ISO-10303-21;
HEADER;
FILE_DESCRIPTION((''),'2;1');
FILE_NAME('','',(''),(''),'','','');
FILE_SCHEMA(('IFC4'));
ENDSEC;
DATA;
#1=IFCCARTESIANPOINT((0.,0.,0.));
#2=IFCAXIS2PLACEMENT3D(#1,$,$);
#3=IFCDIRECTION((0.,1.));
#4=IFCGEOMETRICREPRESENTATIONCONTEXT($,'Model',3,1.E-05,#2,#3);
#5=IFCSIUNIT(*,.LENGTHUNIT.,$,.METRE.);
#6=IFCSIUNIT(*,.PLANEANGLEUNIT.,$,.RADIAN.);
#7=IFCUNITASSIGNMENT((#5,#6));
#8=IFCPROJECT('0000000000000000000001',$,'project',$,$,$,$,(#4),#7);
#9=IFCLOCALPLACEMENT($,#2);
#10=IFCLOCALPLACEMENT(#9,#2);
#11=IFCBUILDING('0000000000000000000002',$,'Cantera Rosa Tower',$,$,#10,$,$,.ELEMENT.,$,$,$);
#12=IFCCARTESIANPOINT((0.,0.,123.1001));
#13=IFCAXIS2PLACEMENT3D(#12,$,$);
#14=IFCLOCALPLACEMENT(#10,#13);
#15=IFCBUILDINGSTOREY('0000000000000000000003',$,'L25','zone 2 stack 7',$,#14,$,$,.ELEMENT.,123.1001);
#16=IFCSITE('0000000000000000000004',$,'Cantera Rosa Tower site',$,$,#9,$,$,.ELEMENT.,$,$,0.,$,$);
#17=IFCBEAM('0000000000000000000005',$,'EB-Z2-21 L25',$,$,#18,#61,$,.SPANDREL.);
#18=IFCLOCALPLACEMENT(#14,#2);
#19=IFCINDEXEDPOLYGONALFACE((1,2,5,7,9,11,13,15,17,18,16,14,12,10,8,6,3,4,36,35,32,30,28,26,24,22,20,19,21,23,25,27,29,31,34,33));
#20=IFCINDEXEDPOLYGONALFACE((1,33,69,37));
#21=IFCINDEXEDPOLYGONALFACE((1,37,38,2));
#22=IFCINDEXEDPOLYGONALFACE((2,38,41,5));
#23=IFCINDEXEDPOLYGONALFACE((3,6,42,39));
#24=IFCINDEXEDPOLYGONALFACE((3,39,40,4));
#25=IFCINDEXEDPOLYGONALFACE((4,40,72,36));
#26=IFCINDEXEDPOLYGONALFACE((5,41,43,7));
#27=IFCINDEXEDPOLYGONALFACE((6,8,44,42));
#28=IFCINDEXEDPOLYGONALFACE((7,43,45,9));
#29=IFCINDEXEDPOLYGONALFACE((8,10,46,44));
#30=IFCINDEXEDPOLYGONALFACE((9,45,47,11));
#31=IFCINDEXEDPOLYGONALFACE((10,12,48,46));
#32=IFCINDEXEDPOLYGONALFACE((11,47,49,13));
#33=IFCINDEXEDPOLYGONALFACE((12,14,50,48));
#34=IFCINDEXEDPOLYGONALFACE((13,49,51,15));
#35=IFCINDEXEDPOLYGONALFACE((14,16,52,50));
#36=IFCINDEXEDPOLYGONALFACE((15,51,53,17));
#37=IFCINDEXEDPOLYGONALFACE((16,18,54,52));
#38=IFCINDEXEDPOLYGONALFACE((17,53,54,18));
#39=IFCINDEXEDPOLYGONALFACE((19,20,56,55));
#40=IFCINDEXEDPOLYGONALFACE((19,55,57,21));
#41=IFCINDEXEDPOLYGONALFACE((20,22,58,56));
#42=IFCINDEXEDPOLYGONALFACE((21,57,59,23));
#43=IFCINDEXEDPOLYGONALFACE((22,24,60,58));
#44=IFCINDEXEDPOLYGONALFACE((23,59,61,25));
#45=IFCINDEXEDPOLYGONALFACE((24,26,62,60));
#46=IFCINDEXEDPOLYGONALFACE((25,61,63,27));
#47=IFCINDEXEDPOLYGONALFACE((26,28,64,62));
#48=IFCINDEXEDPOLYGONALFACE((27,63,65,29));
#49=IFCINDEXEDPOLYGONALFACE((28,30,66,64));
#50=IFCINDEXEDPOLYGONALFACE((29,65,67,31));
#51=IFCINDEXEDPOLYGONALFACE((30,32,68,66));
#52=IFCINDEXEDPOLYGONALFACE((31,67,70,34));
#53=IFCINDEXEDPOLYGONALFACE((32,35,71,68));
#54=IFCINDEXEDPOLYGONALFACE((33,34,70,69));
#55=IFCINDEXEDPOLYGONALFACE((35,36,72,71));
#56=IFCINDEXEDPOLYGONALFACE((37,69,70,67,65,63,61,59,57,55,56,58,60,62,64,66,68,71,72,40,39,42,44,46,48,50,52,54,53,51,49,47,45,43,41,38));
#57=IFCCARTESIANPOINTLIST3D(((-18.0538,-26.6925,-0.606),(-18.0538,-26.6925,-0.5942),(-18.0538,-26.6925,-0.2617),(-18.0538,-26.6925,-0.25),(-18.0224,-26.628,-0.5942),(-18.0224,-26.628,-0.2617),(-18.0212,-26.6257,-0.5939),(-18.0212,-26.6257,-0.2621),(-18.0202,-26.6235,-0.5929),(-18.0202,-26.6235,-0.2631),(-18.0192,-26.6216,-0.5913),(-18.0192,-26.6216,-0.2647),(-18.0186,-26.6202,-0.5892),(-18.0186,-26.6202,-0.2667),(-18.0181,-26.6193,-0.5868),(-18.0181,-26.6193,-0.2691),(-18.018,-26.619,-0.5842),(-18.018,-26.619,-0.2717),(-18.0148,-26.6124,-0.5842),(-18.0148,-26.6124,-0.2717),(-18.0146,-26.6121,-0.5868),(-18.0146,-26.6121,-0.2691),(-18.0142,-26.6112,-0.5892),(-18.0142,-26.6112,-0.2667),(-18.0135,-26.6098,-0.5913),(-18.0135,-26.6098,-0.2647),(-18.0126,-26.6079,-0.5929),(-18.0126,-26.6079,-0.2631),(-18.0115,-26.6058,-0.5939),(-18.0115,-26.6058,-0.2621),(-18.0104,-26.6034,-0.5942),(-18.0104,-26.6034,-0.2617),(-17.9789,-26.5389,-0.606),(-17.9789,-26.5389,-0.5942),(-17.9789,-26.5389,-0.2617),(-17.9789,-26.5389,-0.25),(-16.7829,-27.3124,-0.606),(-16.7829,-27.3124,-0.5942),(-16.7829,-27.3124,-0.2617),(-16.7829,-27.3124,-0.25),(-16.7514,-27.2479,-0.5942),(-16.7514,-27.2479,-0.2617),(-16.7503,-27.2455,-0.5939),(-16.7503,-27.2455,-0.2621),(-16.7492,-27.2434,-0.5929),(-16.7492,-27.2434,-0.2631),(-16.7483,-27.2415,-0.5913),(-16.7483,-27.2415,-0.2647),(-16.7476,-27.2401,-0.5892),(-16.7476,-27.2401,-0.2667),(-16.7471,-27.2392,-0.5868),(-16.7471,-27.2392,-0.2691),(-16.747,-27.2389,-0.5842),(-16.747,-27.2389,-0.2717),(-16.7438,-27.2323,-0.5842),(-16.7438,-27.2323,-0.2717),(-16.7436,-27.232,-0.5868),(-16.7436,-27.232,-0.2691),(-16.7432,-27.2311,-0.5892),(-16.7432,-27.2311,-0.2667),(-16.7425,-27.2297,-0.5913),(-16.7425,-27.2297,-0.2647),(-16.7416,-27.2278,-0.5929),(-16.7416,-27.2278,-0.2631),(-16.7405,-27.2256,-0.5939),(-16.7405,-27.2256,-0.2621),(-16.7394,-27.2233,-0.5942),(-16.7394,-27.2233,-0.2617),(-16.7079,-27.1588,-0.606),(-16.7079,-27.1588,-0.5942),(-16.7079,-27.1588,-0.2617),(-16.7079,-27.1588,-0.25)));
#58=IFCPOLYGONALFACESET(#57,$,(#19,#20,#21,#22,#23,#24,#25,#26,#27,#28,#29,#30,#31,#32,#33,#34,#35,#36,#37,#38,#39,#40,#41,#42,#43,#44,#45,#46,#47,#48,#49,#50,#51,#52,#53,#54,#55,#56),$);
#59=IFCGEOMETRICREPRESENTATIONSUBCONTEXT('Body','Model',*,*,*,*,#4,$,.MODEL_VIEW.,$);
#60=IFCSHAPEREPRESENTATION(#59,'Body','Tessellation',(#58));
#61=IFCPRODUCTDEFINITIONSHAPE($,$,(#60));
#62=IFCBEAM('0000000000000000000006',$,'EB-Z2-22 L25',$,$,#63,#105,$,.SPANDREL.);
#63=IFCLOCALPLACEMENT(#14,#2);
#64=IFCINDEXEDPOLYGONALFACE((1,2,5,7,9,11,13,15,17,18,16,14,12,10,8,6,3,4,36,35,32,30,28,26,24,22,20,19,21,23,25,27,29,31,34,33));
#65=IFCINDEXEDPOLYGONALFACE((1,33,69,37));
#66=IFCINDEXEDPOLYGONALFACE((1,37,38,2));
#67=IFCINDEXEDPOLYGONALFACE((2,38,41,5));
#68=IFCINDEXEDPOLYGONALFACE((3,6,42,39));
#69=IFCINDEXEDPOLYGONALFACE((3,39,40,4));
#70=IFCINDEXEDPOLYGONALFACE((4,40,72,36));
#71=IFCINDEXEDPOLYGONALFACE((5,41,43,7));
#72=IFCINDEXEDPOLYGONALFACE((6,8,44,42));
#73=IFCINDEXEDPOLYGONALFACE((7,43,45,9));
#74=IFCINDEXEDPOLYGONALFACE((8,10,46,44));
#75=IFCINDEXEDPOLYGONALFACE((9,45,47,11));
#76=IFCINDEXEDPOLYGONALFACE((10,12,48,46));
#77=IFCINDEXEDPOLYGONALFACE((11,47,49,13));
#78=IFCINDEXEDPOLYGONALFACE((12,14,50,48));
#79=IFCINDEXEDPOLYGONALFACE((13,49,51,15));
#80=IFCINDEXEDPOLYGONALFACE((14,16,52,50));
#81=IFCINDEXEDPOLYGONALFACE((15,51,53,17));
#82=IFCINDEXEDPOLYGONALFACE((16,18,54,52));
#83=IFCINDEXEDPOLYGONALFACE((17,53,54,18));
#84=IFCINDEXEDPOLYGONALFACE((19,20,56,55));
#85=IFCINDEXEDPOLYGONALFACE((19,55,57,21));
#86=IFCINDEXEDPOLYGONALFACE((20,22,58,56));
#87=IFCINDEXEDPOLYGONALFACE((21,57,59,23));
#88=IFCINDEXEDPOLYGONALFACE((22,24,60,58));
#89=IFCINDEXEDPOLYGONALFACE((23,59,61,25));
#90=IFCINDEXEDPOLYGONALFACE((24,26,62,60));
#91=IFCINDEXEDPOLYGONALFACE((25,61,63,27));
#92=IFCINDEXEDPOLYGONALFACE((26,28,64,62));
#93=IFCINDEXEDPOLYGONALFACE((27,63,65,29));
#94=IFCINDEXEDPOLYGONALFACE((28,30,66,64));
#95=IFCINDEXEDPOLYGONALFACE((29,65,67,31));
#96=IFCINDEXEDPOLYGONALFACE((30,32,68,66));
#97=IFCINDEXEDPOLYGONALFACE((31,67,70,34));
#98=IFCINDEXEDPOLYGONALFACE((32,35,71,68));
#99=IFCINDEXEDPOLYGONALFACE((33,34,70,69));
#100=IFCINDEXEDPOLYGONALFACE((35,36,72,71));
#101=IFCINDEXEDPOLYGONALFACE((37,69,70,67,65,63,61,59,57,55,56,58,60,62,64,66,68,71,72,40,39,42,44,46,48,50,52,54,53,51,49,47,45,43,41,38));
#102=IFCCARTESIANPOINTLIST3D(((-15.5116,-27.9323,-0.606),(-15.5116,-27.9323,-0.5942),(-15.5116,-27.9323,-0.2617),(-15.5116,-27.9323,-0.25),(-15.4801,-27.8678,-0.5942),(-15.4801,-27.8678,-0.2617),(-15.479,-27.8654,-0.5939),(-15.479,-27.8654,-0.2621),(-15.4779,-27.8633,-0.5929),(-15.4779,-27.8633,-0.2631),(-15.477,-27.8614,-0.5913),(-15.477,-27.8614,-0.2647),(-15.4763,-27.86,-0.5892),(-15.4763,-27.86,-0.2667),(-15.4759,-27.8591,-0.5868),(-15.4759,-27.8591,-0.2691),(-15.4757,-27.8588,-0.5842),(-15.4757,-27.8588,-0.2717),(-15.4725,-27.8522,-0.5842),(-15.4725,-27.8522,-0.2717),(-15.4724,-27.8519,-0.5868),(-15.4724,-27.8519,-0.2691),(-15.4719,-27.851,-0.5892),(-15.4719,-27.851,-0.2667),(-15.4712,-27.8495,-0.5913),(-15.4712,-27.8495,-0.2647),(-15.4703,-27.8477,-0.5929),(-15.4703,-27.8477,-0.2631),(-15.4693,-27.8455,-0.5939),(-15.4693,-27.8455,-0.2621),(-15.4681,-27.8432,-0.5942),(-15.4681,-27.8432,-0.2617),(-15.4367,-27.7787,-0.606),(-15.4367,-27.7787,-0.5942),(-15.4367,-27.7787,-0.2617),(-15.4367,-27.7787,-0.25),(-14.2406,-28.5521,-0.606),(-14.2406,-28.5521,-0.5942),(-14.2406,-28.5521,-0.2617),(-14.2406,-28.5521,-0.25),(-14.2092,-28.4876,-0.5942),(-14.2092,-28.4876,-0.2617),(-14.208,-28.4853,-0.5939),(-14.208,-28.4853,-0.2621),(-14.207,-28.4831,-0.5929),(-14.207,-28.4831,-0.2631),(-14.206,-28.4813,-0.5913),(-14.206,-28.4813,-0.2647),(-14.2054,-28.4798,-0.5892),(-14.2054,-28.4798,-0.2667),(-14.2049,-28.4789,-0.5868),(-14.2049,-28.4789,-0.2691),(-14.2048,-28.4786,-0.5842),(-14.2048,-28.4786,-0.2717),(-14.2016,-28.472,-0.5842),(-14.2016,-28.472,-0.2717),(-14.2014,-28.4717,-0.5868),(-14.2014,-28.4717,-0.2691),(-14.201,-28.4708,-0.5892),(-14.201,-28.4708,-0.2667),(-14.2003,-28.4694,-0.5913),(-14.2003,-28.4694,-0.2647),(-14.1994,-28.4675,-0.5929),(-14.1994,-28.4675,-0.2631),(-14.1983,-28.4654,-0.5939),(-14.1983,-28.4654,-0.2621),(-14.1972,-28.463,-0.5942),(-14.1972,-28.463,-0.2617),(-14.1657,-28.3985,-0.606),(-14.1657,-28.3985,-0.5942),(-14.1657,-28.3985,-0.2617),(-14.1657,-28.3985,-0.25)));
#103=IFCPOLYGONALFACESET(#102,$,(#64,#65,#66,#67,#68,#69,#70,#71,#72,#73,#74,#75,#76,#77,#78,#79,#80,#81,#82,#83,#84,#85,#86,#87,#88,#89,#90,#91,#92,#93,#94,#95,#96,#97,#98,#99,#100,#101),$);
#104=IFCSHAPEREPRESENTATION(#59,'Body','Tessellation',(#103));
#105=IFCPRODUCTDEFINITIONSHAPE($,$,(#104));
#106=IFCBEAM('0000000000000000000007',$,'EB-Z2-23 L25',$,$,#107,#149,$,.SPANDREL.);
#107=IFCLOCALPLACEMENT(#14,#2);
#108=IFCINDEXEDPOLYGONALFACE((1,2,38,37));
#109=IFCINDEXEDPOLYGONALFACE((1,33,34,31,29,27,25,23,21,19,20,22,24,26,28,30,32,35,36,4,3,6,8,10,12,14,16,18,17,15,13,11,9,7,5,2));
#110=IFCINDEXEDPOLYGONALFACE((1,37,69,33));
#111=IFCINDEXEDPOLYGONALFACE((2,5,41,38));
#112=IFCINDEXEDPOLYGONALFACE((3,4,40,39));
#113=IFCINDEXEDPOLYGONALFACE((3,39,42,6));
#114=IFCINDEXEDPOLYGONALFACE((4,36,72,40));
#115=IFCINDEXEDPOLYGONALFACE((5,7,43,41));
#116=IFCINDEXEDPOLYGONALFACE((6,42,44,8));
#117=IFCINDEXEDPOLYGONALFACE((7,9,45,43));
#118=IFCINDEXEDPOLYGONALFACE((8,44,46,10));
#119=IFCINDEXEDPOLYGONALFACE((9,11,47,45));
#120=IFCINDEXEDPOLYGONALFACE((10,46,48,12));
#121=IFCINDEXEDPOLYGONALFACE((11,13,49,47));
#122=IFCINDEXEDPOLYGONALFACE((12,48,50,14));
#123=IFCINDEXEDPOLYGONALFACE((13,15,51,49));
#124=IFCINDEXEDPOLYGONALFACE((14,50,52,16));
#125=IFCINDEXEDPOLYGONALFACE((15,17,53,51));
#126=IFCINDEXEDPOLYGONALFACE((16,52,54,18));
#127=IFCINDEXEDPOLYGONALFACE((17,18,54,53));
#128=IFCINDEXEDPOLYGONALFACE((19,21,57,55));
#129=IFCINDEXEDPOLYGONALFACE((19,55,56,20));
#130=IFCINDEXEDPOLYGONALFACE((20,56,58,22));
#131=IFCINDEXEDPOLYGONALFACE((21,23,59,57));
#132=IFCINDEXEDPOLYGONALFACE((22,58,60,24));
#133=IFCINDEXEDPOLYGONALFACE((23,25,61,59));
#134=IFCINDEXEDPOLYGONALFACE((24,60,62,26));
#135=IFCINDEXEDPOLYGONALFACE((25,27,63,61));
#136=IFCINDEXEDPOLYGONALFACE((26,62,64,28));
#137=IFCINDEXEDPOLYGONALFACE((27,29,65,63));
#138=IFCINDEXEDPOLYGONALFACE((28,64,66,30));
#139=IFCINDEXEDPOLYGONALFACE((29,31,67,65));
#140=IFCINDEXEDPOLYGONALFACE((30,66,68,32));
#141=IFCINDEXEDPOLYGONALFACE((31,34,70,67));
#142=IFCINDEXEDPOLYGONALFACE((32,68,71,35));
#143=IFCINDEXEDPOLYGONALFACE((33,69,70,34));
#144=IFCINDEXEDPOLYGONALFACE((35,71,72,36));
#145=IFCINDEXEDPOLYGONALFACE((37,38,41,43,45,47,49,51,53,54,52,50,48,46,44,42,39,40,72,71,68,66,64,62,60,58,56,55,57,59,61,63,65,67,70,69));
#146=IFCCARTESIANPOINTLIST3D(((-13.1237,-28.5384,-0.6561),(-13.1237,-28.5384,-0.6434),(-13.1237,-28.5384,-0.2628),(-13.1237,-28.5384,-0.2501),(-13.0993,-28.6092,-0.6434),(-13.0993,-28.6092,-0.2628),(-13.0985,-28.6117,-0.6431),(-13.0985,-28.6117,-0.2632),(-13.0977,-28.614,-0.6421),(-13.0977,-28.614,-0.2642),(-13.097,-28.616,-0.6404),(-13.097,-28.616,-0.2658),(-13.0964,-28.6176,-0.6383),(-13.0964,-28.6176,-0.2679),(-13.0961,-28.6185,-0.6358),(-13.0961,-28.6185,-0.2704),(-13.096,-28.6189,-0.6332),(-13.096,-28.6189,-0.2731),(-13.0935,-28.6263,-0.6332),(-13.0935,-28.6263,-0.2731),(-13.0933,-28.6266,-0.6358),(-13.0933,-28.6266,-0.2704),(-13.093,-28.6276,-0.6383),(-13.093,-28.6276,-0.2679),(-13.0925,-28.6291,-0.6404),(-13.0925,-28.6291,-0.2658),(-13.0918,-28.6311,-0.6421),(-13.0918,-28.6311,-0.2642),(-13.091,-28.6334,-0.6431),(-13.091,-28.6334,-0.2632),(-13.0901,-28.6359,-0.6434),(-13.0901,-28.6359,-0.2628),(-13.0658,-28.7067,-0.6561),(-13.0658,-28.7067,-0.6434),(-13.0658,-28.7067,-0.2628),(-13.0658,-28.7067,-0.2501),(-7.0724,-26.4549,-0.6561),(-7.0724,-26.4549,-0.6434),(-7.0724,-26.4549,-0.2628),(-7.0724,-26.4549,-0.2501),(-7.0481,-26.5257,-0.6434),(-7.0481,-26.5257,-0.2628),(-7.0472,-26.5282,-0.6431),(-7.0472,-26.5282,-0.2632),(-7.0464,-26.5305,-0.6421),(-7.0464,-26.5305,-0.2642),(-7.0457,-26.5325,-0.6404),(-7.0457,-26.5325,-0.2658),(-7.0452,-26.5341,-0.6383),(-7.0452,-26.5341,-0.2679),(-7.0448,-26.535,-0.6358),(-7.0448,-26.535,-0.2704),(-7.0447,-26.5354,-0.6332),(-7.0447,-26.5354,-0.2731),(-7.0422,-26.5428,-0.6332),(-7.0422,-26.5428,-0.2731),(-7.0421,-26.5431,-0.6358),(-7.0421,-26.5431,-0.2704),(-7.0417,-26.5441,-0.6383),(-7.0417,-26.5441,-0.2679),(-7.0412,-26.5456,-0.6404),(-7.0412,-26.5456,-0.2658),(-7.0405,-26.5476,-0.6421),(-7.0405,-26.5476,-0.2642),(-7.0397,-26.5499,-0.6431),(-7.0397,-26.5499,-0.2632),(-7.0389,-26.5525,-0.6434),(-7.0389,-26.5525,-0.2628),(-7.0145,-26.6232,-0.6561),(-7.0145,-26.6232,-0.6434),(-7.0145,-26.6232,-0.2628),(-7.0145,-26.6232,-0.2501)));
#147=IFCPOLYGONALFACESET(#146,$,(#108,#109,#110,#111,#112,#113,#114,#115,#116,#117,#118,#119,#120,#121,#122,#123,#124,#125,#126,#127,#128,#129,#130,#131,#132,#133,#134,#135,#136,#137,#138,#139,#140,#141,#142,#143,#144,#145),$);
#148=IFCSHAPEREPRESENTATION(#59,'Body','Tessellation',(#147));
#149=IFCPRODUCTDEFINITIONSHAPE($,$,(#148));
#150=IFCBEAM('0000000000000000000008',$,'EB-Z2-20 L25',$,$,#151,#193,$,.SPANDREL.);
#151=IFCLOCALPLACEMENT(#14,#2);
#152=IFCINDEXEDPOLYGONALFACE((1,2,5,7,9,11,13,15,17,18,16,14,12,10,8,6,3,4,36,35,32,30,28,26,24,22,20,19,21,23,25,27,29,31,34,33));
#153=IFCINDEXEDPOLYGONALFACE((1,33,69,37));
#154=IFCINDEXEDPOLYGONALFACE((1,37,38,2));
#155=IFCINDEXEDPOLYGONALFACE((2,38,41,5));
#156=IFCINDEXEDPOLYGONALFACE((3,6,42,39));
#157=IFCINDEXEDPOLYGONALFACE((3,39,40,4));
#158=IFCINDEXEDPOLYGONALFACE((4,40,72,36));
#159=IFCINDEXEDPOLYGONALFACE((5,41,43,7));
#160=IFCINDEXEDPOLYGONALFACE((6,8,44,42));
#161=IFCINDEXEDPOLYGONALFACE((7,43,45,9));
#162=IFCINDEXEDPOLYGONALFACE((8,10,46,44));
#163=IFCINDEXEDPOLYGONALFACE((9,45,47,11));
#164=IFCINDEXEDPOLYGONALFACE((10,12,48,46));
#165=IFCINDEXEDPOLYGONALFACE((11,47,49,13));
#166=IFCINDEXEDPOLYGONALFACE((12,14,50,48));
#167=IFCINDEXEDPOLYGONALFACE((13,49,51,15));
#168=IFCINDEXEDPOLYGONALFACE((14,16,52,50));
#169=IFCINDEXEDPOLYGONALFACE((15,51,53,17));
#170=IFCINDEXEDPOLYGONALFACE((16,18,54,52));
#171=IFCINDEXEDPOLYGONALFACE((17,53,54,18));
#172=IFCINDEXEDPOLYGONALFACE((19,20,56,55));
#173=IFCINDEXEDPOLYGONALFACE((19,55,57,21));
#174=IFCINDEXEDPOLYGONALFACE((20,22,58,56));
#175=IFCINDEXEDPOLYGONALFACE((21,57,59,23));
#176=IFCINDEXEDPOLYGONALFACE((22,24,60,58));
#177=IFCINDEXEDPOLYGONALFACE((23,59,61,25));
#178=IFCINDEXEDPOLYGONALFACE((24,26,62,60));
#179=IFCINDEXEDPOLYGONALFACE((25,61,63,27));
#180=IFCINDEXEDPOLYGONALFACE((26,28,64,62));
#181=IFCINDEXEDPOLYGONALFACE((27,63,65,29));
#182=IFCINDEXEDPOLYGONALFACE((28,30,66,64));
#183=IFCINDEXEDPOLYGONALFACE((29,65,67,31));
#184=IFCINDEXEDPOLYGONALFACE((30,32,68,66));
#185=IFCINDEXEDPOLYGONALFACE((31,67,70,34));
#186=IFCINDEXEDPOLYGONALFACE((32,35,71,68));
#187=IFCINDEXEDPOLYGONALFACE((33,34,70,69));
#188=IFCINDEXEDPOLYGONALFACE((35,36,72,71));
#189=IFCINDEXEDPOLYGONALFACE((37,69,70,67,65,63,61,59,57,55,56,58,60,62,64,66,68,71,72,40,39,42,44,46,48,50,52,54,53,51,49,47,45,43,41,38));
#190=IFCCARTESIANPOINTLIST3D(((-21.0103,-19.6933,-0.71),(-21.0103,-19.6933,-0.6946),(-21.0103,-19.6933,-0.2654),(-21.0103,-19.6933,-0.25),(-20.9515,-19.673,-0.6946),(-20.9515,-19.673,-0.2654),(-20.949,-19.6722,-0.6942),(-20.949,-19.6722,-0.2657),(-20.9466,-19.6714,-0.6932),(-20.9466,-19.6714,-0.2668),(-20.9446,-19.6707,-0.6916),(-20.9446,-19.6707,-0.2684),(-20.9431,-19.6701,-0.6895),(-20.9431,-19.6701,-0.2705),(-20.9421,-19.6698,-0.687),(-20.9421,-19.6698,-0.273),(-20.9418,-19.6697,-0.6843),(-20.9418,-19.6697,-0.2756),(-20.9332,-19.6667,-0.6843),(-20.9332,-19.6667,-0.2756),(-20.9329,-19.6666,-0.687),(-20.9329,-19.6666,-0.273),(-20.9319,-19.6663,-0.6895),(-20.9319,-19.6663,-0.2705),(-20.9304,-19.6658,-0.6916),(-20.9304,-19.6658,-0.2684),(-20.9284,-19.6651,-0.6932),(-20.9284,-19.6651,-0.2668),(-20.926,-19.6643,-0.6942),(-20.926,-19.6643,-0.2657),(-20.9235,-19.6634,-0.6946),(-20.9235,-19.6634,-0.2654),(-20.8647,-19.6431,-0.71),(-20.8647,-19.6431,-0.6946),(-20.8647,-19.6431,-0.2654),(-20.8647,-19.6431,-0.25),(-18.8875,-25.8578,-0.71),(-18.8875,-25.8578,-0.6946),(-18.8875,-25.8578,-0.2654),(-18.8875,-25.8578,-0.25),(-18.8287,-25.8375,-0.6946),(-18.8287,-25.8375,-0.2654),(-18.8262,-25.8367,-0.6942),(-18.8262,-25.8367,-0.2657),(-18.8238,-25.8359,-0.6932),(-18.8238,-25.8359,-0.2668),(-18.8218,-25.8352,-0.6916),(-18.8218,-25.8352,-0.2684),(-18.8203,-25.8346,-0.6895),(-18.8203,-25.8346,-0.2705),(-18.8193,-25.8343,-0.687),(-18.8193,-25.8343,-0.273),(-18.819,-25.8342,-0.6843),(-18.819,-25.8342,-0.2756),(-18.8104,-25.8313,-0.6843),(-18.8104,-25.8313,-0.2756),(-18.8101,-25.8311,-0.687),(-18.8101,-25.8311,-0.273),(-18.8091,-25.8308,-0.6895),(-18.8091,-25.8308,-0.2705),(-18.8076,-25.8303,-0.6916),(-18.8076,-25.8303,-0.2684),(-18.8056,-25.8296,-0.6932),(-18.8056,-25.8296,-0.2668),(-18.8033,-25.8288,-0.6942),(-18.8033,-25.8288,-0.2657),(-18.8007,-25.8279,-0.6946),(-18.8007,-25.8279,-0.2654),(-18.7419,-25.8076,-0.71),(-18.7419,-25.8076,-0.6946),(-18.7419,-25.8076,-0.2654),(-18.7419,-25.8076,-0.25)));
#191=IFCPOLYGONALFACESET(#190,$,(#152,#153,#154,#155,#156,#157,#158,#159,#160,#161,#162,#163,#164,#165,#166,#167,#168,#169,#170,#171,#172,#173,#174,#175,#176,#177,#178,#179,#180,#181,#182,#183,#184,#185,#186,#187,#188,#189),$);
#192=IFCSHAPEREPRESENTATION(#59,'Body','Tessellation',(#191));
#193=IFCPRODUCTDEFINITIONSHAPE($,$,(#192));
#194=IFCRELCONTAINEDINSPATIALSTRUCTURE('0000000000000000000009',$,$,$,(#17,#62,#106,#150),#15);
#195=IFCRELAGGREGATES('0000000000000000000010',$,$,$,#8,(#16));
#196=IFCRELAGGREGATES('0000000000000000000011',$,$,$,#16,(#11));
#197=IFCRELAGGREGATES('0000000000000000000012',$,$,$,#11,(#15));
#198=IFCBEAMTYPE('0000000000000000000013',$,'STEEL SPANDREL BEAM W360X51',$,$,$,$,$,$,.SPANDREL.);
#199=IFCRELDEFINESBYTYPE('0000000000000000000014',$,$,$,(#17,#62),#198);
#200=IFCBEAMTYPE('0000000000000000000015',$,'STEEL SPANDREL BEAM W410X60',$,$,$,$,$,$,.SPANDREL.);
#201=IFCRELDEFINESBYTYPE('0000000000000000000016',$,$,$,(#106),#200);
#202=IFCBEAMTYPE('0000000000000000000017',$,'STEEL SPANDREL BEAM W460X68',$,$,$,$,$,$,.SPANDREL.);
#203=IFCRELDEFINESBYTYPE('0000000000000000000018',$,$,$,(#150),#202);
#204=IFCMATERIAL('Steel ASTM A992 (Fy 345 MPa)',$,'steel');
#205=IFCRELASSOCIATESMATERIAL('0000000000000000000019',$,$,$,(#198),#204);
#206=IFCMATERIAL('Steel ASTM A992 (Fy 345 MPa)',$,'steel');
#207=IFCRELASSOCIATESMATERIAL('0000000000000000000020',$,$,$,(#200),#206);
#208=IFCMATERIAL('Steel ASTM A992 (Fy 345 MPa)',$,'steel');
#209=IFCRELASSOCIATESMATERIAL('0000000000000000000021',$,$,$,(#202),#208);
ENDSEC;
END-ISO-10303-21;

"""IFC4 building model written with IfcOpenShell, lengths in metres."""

from ifc_helpers import new_model, si_unit, direction, frame, origin, origin_2d, place, context, subcontext, project, spatial, i_section, extrude, material, material_profile, profile_set, type_object, element, save


model = new_model("IFC4")

# Units and contexts
model_context = context("Model", 3, precision=1e-05, world=origin(), true_north=direction((0.0, 1.0)))
body_context = subcontext(model_context, "Body", "Model", "MODEL_VIEW")
ifc_project = project(units=[si_unit("LENGTHUNIT", "METRE"), si_unit("PLANEANGLEUNIT", "RADIAN")], contexts=[model_context])

# Site, building, storey
site_placement = place(None, origin())
site = spatial("IfcSite", under=ifc_project, at=site_placement, Name="Cantera Rosa Tower site", CompositionType="ELEMENT", RefElevation=0.0)
building_placement = place(site_placement, origin())
building = spatial("IfcBuilding", under=site, at=building_placement, Name="Cantera Rosa Tower", CompositionType="ELEMENT")
storey_placement = place(building_placement, frame((0.0, 0.0, 123.1001)))
storey = spatial("IfcBuildingStorey", under=building, at=storey_placement, Name="L25", Description="zone 2 stack 7", CompositionType="ELEMENT", Elevation=123.1001)

# Beams
ifc_material_1 = material(Name="Steel ASTM A992 (Fy 345 MPa)", Category="steel")
ifc_material_profile_1 = material_profile(ifc_material_1, i_section(OverallWidth=0.1709, OverallDepth=0.356, WebThickness=0.0073, FlangeThickness=0.0117, FilletRadius=0.01, at=origin_2d()), Name="W360X51")
ifc_profile_set_1 = profile_set([ifc_material_profile_1], Name="Steel ASTM A992 (Fy 345 MPa)")
beam_type_1 = type_object("IfcBeamType", Name="STEEL SPANDREL BEAM W360X51", PredefinedType="SPANDREL", material=ifc_profile_set_1)
for number, where, z_axis, x_axis, name in (
    (1, (-18.0164, -26.6157, -0.428), (0.898803, -0.438352, 0.0), (0.438352, 0.898803, 0.0), "EB-Z2-21 L25"),
    (2, (-15.4741, -27.8555, -0.428), (0.898803, -0.438352, 0.0), (0.438352, 0.898803, 0.0), "EB-Z2-22 L25"),
):
    element("IfcBeam", number, at=place(storey_placement, frame(where, z_axis=z_axis, x_axis=x_axis)), inside=storey, type_object=beam_type_1, Name=name, PredefinedType="SPANDREL", context=body_context, shape_type="SweptSolid", body=[
        extrude(i_section(OverallWidth=0.1709, OverallDepth=0.356, WebThickness=0.0073, FlangeThickness=0.0117, FilletRadius=0.01, at=origin_2d()), origin(), (0.0, 0.0, 1.0), 1.4141),
    ])
ifc_material_2 = material(Name="Steel ASTM A992 (Fy 345 MPa)", Category="steel")
ifc_material_profile_2 = material_profile(ifc_material_2, i_section(OverallWidth=0.178, OverallDepth=0.406, WebThickness=0.0078, FlangeThickness=0.0127, FilletRadius=0.0103, at=origin_2d()), Name="W410X60")
ifc_profile_set_2 = profile_set([ifc_material_profile_2], Name="Steel ASTM A992 (Fy 345 MPa)")
beam_type_2 = type_object("IfcBeamType", Name="STEEL SPANDREL BEAM W410X60", PredefinedType="SPANDREL", material=ifc_profile_set_2)
beam_1_placement = place(storey_placement, frame((-13.0947, -28.6226, -0.4531), z_axis=(0.945524, 0.325551, 0.0), x_axis=(-0.325551, 0.945524, 0.0)))
element("IfcBeam", 3, at=beam_1_placement, inside=storey, type_object=beam_type_2, Name="EB-Z2-23 L25", PredefinedType="SPANDREL", context=body_context, shape_type="SweptSolid", body=[
    extrude(i_section(OverallWidth=0.178, OverallDepth=0.406, WebThickness=0.0078, FlangeThickness=0.0127, FilletRadius=0.0103, at=origin_2d()), origin(), (0.0, 0.0, 1.0), 6.3999),
])
ifc_material_3 = material(Name="Steel ASTM A992 (Fy 345 MPa)", Category="steel")
ifc_material_profile_3 = material_profile(ifc_material_3, i_section(OverallWidth=0.1541, OverallDepth=0.46, WebThickness=0.009, FlangeThickness=0.0154, FilletRadius=0.0103, at=origin_2d()), Name="W460X68")
ifc_profile_set_3 = profile_set([ifc_material_profile_3], Name="Steel ASTM A992 (Fy 345 MPa)")
beam_type_3 = type_object("IfcBeamType", Name="STEEL SPANDREL BEAM W460X68", PredefinedType="SPANDREL", material=ifc_profile_set_3)
beam_2_placement = place(storey_placement, frame((-20.9375, -19.6682, -0.48), z_axis=(0.325593, -0.94551, 0.0), x_axis=(0.94551, 0.325593, 0.0)))
element("IfcBeam", 4, at=beam_2_placement, inside=storey, type_object=beam_type_3, Name="EB-Z2-20 L25", PredefinedType="SPANDREL", context=body_context, shape_type="SweptSolid", body=[
    extrude(i_section(OverallWidth=0.1541, OverallDepth=0.46, WebThickness=0.009, FlangeThickness=0.0154, FilletRadius=0.0103, at=origin_2d()), origin(), (0.0, 0.0, 1.0), 6.5198),
])

save(model, "model.ifc")
